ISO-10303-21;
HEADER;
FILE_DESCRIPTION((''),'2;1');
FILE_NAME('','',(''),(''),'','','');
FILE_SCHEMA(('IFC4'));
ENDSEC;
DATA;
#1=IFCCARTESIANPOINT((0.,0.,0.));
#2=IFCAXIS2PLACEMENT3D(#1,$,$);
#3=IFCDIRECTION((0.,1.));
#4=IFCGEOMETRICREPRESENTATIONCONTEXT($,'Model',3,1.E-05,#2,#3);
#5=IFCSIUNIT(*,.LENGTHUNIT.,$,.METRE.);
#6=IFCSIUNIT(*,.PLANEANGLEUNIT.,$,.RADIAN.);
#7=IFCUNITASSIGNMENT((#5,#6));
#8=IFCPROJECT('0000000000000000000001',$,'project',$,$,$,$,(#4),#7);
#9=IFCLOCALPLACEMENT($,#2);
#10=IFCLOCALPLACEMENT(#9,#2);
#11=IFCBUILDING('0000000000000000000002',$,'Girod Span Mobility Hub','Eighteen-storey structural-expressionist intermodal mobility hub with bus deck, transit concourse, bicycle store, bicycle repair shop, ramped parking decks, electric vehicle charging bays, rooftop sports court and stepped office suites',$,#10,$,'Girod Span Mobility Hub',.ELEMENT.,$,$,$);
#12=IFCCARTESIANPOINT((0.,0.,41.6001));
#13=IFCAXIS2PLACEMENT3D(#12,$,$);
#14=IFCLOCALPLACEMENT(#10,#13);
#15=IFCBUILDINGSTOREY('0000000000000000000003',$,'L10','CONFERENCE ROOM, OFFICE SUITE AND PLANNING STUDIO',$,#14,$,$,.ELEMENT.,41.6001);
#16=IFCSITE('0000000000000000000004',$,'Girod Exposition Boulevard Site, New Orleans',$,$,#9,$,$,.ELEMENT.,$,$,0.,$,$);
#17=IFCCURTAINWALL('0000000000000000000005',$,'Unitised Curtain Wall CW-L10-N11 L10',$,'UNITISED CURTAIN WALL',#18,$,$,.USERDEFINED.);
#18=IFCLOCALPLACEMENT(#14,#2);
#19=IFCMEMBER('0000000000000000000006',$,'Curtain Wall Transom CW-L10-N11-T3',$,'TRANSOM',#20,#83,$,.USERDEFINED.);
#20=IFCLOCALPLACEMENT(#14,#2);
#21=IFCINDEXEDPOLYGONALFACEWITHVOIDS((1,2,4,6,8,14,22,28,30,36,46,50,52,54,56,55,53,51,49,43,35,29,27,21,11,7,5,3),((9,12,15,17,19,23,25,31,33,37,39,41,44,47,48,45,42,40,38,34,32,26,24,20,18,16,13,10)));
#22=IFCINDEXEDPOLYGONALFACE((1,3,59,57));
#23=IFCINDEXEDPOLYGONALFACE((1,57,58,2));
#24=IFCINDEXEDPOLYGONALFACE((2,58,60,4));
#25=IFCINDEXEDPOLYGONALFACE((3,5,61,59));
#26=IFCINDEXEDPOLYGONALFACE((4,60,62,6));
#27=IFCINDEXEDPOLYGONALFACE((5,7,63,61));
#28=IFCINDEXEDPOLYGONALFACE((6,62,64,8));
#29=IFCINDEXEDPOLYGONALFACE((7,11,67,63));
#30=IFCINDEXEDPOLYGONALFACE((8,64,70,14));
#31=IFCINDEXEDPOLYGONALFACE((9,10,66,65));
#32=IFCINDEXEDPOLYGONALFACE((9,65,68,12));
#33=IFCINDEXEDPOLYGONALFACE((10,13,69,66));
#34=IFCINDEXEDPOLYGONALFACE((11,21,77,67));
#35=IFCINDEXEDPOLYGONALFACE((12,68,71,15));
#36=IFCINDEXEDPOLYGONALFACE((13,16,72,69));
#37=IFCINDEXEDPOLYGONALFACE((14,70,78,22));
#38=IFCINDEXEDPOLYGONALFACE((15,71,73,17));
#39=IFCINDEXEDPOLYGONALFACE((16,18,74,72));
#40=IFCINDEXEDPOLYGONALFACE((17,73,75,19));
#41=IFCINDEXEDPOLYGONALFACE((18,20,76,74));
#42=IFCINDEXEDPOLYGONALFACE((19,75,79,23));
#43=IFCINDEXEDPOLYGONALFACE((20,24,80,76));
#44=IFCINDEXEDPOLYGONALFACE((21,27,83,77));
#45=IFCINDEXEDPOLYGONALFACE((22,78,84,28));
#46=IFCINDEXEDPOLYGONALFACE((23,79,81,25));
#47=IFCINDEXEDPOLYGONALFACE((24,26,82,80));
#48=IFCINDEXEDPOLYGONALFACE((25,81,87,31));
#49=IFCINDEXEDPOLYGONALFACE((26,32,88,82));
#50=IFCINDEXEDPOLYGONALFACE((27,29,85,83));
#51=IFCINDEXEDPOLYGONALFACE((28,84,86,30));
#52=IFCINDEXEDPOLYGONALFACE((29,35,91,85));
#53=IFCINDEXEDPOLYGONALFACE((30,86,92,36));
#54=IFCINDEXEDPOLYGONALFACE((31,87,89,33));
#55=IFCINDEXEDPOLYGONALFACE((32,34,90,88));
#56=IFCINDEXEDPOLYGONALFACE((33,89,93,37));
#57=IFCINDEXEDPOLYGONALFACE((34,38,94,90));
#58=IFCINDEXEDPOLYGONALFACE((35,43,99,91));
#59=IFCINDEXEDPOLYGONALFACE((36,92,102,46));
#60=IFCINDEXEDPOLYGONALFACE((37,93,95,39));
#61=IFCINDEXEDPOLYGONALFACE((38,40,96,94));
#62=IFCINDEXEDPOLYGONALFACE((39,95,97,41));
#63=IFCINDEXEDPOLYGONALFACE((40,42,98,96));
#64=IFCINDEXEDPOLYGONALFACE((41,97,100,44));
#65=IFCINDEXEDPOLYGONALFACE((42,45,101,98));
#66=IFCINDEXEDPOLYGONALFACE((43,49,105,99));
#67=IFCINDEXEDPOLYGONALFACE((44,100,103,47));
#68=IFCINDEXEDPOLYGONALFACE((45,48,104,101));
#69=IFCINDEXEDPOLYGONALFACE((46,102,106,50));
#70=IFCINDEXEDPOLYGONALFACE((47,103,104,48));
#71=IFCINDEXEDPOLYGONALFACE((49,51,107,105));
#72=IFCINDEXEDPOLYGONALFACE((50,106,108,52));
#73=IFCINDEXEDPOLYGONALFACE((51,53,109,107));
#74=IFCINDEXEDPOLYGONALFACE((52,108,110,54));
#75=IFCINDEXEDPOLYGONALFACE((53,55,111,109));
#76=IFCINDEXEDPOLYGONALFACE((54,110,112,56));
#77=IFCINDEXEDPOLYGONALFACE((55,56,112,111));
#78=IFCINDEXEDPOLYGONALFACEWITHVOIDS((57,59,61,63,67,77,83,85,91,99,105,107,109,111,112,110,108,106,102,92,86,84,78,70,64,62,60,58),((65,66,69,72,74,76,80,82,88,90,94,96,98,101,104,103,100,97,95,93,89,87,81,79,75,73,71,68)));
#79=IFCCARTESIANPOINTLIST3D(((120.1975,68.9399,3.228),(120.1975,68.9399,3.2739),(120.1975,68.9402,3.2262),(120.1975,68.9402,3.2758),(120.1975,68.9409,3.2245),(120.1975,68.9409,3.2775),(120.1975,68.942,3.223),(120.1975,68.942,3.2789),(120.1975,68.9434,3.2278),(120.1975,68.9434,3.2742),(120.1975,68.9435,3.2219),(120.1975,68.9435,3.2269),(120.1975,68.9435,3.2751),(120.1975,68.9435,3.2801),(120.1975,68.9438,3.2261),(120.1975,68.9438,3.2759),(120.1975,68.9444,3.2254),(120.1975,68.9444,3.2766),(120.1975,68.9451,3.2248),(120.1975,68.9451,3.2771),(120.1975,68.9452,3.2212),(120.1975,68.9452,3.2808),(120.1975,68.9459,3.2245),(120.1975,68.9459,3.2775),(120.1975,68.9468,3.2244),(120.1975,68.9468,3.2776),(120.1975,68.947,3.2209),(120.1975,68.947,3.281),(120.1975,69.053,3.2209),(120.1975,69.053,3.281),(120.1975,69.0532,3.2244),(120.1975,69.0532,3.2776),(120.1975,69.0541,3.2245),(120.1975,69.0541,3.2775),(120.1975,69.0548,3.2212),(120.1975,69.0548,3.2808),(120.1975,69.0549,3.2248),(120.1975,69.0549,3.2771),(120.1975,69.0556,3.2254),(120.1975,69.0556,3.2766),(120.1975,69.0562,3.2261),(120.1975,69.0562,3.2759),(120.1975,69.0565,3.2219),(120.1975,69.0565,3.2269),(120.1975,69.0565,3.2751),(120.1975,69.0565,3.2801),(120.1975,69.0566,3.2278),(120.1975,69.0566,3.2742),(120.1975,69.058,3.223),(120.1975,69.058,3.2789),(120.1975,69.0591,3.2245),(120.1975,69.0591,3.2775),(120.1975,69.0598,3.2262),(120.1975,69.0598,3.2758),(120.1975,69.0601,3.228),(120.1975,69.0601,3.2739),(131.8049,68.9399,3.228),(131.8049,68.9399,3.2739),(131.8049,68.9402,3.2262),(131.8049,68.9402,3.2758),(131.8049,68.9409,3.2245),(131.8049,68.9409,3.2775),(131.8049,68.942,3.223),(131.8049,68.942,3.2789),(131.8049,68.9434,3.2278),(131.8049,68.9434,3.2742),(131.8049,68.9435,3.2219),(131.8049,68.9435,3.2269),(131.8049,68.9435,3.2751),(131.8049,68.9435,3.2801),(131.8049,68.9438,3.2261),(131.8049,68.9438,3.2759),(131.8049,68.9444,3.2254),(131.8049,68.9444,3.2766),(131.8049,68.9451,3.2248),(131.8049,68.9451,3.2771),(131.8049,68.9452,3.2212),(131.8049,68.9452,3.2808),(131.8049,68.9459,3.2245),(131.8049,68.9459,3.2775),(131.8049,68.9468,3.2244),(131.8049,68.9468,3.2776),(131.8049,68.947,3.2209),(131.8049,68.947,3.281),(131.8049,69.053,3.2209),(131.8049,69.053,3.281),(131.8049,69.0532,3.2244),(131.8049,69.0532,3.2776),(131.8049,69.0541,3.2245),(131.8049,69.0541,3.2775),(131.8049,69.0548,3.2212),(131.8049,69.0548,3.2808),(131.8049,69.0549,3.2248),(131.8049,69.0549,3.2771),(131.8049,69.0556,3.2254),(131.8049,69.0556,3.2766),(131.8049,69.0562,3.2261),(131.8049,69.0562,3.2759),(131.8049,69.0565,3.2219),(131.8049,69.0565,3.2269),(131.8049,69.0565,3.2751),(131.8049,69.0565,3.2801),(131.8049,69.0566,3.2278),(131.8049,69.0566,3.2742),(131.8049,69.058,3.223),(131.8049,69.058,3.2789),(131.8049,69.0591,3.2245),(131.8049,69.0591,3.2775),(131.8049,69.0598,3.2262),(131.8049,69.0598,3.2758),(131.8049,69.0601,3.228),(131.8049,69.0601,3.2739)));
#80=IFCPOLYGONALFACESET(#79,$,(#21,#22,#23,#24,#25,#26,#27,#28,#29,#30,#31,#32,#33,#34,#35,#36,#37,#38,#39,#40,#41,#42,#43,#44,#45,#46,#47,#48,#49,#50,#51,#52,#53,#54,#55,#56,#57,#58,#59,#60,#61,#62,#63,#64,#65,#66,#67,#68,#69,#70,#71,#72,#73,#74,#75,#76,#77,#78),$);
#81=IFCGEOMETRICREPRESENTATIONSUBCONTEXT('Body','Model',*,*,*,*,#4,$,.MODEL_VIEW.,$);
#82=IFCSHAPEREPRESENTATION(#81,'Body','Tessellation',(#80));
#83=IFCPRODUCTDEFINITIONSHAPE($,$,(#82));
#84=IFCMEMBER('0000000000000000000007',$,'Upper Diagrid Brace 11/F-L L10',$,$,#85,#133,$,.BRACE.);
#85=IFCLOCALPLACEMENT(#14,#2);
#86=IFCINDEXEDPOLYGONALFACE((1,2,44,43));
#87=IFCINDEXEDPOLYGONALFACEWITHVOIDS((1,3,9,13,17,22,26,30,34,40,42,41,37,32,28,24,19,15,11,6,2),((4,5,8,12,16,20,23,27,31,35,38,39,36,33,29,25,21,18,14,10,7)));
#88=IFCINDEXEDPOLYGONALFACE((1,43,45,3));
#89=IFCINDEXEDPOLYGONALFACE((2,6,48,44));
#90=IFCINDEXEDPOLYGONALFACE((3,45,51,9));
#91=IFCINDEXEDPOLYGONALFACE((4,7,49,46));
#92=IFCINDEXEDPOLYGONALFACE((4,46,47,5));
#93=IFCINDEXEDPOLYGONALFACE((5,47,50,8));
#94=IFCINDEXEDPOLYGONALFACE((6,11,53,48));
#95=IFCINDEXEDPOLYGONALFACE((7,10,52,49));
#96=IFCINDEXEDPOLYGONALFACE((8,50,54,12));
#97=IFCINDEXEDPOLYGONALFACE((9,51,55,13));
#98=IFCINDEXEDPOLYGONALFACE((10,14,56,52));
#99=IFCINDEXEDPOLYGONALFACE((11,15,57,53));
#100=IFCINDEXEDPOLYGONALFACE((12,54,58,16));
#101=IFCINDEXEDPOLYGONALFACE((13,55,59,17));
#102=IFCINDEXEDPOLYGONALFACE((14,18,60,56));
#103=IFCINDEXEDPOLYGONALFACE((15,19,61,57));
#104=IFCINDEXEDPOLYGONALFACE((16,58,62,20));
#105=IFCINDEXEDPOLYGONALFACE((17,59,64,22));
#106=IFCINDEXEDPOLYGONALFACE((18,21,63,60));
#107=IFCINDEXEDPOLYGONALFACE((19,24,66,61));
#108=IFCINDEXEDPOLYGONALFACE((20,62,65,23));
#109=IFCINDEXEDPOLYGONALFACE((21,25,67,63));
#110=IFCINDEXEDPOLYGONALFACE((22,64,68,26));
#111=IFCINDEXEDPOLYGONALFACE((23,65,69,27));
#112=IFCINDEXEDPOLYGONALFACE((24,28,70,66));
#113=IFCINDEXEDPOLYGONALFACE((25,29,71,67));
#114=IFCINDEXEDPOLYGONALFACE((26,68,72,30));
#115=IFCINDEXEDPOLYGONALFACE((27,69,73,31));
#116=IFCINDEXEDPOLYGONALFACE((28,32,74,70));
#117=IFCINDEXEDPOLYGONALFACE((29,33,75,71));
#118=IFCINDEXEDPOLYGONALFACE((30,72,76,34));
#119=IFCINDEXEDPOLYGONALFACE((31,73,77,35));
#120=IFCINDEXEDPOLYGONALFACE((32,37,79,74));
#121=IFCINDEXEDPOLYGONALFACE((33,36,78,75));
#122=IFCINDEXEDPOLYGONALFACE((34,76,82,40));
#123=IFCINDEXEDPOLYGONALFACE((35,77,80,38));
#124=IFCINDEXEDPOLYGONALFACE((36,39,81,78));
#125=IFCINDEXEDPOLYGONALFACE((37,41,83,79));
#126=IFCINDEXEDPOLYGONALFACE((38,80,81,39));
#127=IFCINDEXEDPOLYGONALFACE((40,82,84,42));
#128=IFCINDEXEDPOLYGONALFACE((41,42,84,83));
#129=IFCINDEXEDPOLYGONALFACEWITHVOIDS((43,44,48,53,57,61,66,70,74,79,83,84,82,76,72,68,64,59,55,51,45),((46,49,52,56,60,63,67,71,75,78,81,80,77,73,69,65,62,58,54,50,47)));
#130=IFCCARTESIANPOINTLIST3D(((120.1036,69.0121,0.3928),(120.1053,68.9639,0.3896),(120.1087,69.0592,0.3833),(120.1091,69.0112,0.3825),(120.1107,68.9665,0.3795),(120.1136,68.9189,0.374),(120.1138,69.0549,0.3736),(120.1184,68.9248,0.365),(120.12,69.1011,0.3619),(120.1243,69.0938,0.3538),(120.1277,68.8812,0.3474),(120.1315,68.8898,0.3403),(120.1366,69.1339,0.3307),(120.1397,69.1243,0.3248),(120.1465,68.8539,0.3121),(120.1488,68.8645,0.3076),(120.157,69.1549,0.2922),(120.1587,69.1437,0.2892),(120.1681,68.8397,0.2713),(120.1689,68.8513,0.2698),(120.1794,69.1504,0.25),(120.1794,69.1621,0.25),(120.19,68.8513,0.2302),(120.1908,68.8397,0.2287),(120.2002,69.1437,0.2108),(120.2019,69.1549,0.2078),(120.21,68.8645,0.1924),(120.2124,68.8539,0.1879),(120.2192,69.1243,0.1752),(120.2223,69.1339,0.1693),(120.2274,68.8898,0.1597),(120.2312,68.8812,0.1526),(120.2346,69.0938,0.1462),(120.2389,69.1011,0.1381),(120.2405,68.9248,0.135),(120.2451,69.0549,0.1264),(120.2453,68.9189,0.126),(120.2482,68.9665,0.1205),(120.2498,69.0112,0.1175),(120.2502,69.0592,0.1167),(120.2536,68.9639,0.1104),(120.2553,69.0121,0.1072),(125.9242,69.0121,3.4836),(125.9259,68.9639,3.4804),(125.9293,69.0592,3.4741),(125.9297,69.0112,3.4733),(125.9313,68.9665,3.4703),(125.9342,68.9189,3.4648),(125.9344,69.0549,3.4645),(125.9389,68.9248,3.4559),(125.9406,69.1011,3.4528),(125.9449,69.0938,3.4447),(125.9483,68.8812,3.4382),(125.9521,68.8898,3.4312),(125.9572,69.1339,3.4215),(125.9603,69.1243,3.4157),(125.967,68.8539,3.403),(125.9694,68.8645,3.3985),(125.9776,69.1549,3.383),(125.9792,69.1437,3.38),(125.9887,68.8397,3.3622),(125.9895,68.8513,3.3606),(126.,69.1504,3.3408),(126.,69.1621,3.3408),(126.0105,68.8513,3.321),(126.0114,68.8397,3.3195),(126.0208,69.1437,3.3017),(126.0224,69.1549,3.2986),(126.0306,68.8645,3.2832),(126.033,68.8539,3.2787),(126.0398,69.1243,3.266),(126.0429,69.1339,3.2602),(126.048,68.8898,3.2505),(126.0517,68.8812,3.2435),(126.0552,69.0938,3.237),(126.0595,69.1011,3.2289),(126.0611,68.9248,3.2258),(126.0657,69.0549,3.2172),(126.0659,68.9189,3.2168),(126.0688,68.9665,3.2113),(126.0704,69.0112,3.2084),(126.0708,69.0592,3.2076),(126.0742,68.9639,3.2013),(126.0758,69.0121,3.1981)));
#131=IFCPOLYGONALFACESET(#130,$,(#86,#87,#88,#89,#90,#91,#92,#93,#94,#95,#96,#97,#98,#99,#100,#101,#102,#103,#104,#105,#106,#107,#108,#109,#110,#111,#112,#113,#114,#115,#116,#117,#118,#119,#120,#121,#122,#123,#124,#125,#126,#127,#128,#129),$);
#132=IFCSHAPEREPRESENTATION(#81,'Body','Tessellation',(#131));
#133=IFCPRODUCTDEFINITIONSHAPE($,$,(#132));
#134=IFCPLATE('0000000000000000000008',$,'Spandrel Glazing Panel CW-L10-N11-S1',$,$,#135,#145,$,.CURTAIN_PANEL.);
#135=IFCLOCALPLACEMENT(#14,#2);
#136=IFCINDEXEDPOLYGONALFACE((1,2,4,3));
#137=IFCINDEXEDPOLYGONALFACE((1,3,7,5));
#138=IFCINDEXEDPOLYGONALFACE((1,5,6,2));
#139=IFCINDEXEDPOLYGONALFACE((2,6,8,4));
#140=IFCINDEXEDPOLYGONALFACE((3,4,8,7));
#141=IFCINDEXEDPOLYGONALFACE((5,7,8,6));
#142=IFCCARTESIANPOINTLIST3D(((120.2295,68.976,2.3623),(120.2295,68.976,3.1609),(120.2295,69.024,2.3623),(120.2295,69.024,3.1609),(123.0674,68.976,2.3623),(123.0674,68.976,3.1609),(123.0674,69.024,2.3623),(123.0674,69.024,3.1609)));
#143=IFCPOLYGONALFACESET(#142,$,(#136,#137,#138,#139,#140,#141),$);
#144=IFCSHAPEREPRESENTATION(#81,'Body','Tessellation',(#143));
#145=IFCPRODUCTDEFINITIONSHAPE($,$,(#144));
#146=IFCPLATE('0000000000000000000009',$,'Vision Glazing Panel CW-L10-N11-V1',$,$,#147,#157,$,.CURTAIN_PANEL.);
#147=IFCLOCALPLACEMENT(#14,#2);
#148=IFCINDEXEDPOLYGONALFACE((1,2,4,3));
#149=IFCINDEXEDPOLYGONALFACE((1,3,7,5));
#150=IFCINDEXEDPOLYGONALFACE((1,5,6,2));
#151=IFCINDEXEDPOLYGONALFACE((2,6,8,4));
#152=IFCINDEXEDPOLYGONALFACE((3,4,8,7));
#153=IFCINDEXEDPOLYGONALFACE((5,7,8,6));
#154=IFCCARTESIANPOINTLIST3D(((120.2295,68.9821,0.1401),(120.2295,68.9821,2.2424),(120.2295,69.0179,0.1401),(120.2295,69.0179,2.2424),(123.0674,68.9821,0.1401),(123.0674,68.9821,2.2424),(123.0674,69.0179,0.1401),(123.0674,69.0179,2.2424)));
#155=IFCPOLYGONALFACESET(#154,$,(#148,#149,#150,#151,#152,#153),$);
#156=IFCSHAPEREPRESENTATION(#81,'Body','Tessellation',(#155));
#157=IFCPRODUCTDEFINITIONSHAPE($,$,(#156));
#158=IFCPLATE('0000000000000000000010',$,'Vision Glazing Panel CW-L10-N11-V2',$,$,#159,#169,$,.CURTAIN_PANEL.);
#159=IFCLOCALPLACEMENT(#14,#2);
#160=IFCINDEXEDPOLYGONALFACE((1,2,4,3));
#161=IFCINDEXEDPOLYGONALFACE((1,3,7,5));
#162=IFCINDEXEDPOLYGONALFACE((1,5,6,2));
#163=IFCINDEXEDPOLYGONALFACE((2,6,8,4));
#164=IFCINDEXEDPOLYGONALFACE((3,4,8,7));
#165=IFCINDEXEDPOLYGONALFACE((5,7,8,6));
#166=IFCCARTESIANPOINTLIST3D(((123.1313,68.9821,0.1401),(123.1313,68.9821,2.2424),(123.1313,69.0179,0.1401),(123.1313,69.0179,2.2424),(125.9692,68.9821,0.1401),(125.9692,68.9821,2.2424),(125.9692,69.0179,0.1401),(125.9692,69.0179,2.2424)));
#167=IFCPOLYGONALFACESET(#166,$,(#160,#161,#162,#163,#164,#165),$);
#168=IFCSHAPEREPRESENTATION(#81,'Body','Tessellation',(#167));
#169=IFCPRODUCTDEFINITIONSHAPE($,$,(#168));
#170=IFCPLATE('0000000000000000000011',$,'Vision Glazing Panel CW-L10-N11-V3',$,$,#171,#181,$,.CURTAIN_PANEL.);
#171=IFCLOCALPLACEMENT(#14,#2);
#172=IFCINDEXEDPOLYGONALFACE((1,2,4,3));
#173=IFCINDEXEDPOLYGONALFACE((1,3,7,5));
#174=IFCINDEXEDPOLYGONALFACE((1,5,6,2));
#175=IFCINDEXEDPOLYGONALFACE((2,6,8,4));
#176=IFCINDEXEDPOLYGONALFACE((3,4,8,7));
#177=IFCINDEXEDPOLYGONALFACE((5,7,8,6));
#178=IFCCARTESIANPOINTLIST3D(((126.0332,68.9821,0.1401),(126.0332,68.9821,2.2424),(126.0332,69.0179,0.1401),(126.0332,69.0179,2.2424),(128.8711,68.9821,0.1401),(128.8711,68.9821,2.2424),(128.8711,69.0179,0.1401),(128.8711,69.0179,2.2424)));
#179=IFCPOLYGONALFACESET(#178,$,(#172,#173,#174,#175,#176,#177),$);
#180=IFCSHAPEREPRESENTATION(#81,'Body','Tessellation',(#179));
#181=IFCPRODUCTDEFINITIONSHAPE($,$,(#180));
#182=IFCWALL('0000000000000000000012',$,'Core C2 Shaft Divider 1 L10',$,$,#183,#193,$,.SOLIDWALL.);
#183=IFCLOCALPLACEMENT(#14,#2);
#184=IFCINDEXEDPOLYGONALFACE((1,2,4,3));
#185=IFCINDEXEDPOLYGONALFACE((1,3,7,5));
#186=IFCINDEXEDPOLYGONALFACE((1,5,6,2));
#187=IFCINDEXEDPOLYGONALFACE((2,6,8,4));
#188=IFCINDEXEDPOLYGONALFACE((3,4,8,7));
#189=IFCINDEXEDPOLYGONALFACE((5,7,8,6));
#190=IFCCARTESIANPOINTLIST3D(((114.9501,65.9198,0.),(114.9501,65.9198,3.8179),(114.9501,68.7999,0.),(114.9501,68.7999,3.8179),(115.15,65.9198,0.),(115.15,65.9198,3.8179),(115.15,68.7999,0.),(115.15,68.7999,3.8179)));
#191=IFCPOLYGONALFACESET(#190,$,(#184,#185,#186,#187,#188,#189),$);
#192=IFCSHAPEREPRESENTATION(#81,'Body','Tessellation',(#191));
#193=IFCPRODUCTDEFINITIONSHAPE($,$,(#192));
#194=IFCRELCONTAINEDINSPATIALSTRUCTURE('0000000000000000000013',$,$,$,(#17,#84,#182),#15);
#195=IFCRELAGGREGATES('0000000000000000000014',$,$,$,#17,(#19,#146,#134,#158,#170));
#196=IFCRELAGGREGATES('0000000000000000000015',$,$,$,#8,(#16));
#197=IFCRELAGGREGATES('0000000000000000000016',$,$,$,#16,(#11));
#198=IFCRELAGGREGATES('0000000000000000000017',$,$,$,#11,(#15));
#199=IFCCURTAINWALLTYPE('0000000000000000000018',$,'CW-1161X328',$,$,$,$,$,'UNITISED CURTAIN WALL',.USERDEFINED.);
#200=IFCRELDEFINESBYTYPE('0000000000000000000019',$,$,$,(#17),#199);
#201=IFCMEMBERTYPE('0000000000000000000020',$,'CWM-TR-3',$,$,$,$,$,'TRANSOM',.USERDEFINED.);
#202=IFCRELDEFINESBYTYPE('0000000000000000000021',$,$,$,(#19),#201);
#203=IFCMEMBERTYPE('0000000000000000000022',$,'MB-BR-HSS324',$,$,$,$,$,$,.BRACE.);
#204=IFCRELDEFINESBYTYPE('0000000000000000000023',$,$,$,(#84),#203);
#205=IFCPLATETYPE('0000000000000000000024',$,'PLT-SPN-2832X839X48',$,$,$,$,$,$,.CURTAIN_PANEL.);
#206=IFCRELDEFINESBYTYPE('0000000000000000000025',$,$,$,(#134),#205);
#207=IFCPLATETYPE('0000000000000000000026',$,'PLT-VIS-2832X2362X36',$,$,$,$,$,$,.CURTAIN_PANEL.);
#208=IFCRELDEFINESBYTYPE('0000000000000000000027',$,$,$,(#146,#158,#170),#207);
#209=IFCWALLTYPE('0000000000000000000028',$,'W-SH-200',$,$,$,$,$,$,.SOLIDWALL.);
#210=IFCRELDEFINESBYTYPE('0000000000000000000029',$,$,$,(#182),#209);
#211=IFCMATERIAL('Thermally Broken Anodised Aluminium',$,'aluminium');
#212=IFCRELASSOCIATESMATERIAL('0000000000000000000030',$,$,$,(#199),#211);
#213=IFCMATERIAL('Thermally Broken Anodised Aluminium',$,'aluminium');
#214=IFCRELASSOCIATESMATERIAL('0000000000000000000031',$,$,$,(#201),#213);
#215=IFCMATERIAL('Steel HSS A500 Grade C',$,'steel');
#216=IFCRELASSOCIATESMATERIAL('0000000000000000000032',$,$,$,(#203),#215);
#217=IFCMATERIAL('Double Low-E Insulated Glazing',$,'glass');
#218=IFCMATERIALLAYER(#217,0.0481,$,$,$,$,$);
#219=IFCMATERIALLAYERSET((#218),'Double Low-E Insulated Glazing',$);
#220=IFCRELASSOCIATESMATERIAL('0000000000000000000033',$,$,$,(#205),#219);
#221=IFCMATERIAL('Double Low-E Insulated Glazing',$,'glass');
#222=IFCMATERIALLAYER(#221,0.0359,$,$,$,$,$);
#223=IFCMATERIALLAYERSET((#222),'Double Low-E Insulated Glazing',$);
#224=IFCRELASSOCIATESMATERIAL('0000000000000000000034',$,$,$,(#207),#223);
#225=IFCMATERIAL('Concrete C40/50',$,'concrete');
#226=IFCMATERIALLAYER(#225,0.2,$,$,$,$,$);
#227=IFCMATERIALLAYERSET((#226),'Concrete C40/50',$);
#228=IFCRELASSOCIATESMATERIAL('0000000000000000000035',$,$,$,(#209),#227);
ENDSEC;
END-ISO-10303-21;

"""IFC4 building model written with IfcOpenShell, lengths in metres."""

from ifc_helpers import new_model, si_unit, direction, frame, frame_2d, origin, origin_2d, place, context, subcontext, project, spatial, rectangle, hollow_rectangle, hollow_circle, extrude, material, layer, layer_set, material_profile, profile_set, type_object, element, aggregate, save


model = new_model("IFC4")

# Units and contexts
model_context = context("Model", 3, precision=1e-05, world=origin(), true_north=direction((0.0, 1.0)))
body_context = subcontext(model_context, "Body", "Model", "MODEL_VIEW")
ifc_project = project(units=[si_unit("LENGTHUNIT", "METRE"), si_unit("PLANEANGLEUNIT", "RADIAN")], contexts=[model_context])

# Site, building, storey
site_placement = place(None, origin())
site = spatial("IfcSite", under=ifc_project, at=site_placement, Name="Girod Exposition Boulevard Site, New Orleans", CompositionType="ELEMENT", RefElevation=0.0)
building_placement = place(site_placement, origin())
building = spatial("IfcBuilding", under=site, at=building_placement, Name="Girod Span Mobility Hub", Description="Eighteen-storey structural-expressionist intermodal mobility hub with bus deck, transit concourse, bicycle store, bicycle repair shop, ramped parking decks, electric vehicle charging bays, rooftop sports court and stepped office suites", LongName="Girod Span Mobility Hub", CompositionType="ELEMENT")
storey_placement = place(building_placement, frame((0.0, 0.0, 41.6001)))
storey = spatial("IfcBuildingStorey", under=building, at=storey_placement, Name="L10", Description="CONFERENCE ROOM, OFFICE SUITE AND PLANNING STUDIO", CompositionType="ELEMENT", Elevation=41.6001)

# Curtain wall, member
ifc_material_1 = material(Name="Thermally Broken Anodised Aluminium", Category="aluminium")
curtain_wall_type = type_object("IfcCurtainWallType", Name="CW-1161X328", ElementType="UNITISED CURTAIN WALL", PredefinedType="USERDEFINED", material=ifc_material_1)
curtain_wall_placement = place(storey_placement, origin())
curtain_wall = element("IfcCurtainWall", 1, at=curtain_wall_placement, inside=storey, type_object=curtain_wall_type, Name="Unitised Curtain Wall CW-L10-N11 L10", ObjectType="UNITISED CURTAIN WALL", PredefinedType="USERDEFINED")
ifc_material_2 = material(Name="Thermally Broken Anodised Aluminium", Category="aluminium")
ifc_material_profile_1 = material_profile(ifc_material_2, hollow_rectangle(XDim=0.1201, YDim=0.0601, WallThickness=0.0034, InnerFilletRadius=0.0034, OuterFilletRadius=0.0071, at=origin_2d()), Name="CW-TR-60X120")
ifc_profile_set_1 = profile_set([ifc_material_profile_1], Name="Thermally Broken Anodised Aluminium")
member_type_1 = type_object("IfcMemberType", Name="CWM-TR-3", ElementType="TRANSOM", PredefinedType="USERDEFINED", material=ifc_profile_set_1)
member_1_placement = place(storey_placement, frame((120.1975, 69.0, 3.251), z_axis=(1.0, 0.0, 0.0), x_axis=(0.0, 1.0, 0.0)))
member_1 = element("IfcMember", 2, at=member_1_placement, type_object=member_type_1, Name="Curtain Wall Transom CW-L10-N11-T3", ObjectType="TRANSOM", PredefinedType="USERDEFINED", context=body_context, shape_type="SweptSolid", body=[
    extrude(hollow_rectangle(XDim=0.1201, YDim=0.0601, WallThickness=0.0034, InnerFilletRadius=0.0034, OuterFilletRadius=0.0071, at=origin_2d()), origin(), (0.0, 0.0, 1.0), 11.6074),
])

# Member
ifc_material_3 = material(Name="Steel HSS A500 Grade C", Category="steel")
ifc_material_profile_2 = material_profile(ifc_material_3, hollow_circle(Radius=0.1621, WallThickness=0.0117, at=origin_2d()), Name="HSS324X12.7")
ifc_profile_set_2 = profile_set([ifc_material_profile_2], Name="Steel HSS A500 Grade C")
member_type_2 = type_object("IfcMemberType", Name="MB-BR-HSS324", PredefinedType="BRACE", material=ifc_profile_set_2)
member_2_placement = place(storey_placement, frame((120.1794, 69.0, 0.25), z_axis=(0.883201, 0.0, 0.468995), x_axis=(0.0, 1.0, 0.0)))
element("IfcMember", 3, at=member_2_placement, inside=storey, type_object=member_type_2, Name="Upper Diagrid Brace 11/F-L L10", PredefinedType="BRACE", context=body_context, shape_type="SweptSolid", body=[
    extrude(hollow_circle(Radius=0.1621, WallThickness=0.0117, at=origin_2d()), origin(), (0.0, 0.0, 1.0), 6.5903),
])

# Plates
ifc_material_4 = material(Name="Double Low-E Insulated Glazing", Category="glass")
ifc_layer_1 = layer(ifc_material_4, 0.0481)
ifc_layer_set_1 = layer_set([ifc_layer_1], Name="Double Low-E Insulated Glazing")
plate_type_1 = type_object("IfcPlateType", Name="PLT-SPN-2832X839X48", PredefinedType="CURTAIN_PANEL", material=ifc_layer_set_1)
plate_1_placement = place(storey_placement, frame((121.6484, 69.0, 2.3623), z_axis=(0.0, 0.0, 1.0), x_axis=(1.0, 0.0, 0.0)))
plate_1 = element("IfcPlate", 4, at=plate_1_placement, type_object=plate_type_1, Name="Spandrel Glazing Panel CW-L10-N11-S1", PredefinedType="CURTAIN_PANEL", context=body_context, shape_type="SweptSolid", body=[
    extrude(rectangle(XDim=2.8379, YDim=0.0481, at=origin_2d()), origin(), (0.0, 0.0, 1.0), 0.7986),
])
ifc_material_5 = material(Name="Double Low-E Insulated Glazing", Category="glass")
ifc_layer_2 = layer(ifc_material_5, 0.0359)
ifc_layer_set_2 = layer_set([ifc_layer_2], Name="Double Low-E Insulated Glazing")
plate_type_2 = type_object("IfcPlateType", Name="PLT-VIS-2832X2362X36", PredefinedType="CURTAIN_PANEL", material=ifc_layer_set_2)
plate_2_placement = place(storey_placement, frame((121.6484, 69.0, 0.1401), z_axis=(0.0, 0.0, 1.0), x_axis=(1.0, 0.0, 0.0)))
plate_2 = element("IfcPlate", 5, at=plate_2_placement, type_object=plate_type_2, Name="Vision Glazing Panel CW-L10-N11-V1", PredefinedType="CURTAIN_PANEL", context=body_context, shape_type="SweptSolid", body=[
    extrude(rectangle(XDim=2.8379, YDim=0.0359, at=origin_2d()), origin(), (0.0, 0.0, 1.0), 2.1023),
])
plate_3_placement = place(storey_placement, frame((124.5503, 69.0, 0.1401), z_axis=(0.0, 0.0, 1.0), x_axis=(1.0, 0.0, 0.0)))
plate_3 = element("IfcPlate", 6, at=plate_3_placement, type_object=plate_type_2, Name="Vision Glazing Panel CW-L10-N11-V2", PredefinedType="CURTAIN_PANEL", context=body_context, shape_type="SweptSolid", body=[
    extrude(rectangle(XDim=2.8379, YDim=0.0359, at=origin_2d()), origin(), (0.0, 0.0, 1.0), 2.1023),
])
plate_4_placement = place(storey_placement, frame((127.4521, 69.0, 0.1401), z_axis=(0.0, 0.0, 1.0), x_axis=(1.0, 0.0, 0.0)))
plate_4 = element("IfcPlate", 7, at=plate_4_placement, type_object=plate_type_2, Name="Vision Glazing Panel CW-L10-N11-V3", PredefinedType="CURTAIN_PANEL", context=body_context, shape_type="SweptSolid", body=[
    extrude(rectangle(XDim=2.8379, YDim=0.0359, at=origin_2d()), origin(), (0.0, 0.0, 1.0), 2.1023),
])
aggregate(curtain_wall, [member_1, plate_2, plate_1, plate_3, plate_4])

# Wall
ifc_material_6 = material(Name="Concrete C40/50", Category="concrete")
ifc_layer_3 = layer(ifc_material_6, 0.2)
ifc_layer_set_3 = layer_set([ifc_layer_3], Name="Concrete C40/50")
wall_type = type_object("IfcWallType", Name="W-SH-200", PredefinedType="SOLIDWALL", material=ifc_layer_set_3)
for number, where, z_axis, x_axis, name in (
    (8, (115.05, 65.9199, 0.0), (0.0, 0.0, 1.0), (0.0, 1.0, 0.0), "Core C2 Shaft Divider 1 L10"),
):
    element("IfcWall", number, at=place(storey_placement, frame(where, z_axis=z_axis, x_axis=x_axis)), inside=storey, type_object=wall_type, Name=name, PredefinedType="SOLIDWALL", context=body_context, shape_type="SweptSolid", body=[
        extrude(rectangle(XDim=2.8801, YDim=0.2, at=frame_2d((1.4399, 0.0))), origin(), (0.0, 0.0, 1.0), 3.8179),
    ])

save(model, "model.ifc")
